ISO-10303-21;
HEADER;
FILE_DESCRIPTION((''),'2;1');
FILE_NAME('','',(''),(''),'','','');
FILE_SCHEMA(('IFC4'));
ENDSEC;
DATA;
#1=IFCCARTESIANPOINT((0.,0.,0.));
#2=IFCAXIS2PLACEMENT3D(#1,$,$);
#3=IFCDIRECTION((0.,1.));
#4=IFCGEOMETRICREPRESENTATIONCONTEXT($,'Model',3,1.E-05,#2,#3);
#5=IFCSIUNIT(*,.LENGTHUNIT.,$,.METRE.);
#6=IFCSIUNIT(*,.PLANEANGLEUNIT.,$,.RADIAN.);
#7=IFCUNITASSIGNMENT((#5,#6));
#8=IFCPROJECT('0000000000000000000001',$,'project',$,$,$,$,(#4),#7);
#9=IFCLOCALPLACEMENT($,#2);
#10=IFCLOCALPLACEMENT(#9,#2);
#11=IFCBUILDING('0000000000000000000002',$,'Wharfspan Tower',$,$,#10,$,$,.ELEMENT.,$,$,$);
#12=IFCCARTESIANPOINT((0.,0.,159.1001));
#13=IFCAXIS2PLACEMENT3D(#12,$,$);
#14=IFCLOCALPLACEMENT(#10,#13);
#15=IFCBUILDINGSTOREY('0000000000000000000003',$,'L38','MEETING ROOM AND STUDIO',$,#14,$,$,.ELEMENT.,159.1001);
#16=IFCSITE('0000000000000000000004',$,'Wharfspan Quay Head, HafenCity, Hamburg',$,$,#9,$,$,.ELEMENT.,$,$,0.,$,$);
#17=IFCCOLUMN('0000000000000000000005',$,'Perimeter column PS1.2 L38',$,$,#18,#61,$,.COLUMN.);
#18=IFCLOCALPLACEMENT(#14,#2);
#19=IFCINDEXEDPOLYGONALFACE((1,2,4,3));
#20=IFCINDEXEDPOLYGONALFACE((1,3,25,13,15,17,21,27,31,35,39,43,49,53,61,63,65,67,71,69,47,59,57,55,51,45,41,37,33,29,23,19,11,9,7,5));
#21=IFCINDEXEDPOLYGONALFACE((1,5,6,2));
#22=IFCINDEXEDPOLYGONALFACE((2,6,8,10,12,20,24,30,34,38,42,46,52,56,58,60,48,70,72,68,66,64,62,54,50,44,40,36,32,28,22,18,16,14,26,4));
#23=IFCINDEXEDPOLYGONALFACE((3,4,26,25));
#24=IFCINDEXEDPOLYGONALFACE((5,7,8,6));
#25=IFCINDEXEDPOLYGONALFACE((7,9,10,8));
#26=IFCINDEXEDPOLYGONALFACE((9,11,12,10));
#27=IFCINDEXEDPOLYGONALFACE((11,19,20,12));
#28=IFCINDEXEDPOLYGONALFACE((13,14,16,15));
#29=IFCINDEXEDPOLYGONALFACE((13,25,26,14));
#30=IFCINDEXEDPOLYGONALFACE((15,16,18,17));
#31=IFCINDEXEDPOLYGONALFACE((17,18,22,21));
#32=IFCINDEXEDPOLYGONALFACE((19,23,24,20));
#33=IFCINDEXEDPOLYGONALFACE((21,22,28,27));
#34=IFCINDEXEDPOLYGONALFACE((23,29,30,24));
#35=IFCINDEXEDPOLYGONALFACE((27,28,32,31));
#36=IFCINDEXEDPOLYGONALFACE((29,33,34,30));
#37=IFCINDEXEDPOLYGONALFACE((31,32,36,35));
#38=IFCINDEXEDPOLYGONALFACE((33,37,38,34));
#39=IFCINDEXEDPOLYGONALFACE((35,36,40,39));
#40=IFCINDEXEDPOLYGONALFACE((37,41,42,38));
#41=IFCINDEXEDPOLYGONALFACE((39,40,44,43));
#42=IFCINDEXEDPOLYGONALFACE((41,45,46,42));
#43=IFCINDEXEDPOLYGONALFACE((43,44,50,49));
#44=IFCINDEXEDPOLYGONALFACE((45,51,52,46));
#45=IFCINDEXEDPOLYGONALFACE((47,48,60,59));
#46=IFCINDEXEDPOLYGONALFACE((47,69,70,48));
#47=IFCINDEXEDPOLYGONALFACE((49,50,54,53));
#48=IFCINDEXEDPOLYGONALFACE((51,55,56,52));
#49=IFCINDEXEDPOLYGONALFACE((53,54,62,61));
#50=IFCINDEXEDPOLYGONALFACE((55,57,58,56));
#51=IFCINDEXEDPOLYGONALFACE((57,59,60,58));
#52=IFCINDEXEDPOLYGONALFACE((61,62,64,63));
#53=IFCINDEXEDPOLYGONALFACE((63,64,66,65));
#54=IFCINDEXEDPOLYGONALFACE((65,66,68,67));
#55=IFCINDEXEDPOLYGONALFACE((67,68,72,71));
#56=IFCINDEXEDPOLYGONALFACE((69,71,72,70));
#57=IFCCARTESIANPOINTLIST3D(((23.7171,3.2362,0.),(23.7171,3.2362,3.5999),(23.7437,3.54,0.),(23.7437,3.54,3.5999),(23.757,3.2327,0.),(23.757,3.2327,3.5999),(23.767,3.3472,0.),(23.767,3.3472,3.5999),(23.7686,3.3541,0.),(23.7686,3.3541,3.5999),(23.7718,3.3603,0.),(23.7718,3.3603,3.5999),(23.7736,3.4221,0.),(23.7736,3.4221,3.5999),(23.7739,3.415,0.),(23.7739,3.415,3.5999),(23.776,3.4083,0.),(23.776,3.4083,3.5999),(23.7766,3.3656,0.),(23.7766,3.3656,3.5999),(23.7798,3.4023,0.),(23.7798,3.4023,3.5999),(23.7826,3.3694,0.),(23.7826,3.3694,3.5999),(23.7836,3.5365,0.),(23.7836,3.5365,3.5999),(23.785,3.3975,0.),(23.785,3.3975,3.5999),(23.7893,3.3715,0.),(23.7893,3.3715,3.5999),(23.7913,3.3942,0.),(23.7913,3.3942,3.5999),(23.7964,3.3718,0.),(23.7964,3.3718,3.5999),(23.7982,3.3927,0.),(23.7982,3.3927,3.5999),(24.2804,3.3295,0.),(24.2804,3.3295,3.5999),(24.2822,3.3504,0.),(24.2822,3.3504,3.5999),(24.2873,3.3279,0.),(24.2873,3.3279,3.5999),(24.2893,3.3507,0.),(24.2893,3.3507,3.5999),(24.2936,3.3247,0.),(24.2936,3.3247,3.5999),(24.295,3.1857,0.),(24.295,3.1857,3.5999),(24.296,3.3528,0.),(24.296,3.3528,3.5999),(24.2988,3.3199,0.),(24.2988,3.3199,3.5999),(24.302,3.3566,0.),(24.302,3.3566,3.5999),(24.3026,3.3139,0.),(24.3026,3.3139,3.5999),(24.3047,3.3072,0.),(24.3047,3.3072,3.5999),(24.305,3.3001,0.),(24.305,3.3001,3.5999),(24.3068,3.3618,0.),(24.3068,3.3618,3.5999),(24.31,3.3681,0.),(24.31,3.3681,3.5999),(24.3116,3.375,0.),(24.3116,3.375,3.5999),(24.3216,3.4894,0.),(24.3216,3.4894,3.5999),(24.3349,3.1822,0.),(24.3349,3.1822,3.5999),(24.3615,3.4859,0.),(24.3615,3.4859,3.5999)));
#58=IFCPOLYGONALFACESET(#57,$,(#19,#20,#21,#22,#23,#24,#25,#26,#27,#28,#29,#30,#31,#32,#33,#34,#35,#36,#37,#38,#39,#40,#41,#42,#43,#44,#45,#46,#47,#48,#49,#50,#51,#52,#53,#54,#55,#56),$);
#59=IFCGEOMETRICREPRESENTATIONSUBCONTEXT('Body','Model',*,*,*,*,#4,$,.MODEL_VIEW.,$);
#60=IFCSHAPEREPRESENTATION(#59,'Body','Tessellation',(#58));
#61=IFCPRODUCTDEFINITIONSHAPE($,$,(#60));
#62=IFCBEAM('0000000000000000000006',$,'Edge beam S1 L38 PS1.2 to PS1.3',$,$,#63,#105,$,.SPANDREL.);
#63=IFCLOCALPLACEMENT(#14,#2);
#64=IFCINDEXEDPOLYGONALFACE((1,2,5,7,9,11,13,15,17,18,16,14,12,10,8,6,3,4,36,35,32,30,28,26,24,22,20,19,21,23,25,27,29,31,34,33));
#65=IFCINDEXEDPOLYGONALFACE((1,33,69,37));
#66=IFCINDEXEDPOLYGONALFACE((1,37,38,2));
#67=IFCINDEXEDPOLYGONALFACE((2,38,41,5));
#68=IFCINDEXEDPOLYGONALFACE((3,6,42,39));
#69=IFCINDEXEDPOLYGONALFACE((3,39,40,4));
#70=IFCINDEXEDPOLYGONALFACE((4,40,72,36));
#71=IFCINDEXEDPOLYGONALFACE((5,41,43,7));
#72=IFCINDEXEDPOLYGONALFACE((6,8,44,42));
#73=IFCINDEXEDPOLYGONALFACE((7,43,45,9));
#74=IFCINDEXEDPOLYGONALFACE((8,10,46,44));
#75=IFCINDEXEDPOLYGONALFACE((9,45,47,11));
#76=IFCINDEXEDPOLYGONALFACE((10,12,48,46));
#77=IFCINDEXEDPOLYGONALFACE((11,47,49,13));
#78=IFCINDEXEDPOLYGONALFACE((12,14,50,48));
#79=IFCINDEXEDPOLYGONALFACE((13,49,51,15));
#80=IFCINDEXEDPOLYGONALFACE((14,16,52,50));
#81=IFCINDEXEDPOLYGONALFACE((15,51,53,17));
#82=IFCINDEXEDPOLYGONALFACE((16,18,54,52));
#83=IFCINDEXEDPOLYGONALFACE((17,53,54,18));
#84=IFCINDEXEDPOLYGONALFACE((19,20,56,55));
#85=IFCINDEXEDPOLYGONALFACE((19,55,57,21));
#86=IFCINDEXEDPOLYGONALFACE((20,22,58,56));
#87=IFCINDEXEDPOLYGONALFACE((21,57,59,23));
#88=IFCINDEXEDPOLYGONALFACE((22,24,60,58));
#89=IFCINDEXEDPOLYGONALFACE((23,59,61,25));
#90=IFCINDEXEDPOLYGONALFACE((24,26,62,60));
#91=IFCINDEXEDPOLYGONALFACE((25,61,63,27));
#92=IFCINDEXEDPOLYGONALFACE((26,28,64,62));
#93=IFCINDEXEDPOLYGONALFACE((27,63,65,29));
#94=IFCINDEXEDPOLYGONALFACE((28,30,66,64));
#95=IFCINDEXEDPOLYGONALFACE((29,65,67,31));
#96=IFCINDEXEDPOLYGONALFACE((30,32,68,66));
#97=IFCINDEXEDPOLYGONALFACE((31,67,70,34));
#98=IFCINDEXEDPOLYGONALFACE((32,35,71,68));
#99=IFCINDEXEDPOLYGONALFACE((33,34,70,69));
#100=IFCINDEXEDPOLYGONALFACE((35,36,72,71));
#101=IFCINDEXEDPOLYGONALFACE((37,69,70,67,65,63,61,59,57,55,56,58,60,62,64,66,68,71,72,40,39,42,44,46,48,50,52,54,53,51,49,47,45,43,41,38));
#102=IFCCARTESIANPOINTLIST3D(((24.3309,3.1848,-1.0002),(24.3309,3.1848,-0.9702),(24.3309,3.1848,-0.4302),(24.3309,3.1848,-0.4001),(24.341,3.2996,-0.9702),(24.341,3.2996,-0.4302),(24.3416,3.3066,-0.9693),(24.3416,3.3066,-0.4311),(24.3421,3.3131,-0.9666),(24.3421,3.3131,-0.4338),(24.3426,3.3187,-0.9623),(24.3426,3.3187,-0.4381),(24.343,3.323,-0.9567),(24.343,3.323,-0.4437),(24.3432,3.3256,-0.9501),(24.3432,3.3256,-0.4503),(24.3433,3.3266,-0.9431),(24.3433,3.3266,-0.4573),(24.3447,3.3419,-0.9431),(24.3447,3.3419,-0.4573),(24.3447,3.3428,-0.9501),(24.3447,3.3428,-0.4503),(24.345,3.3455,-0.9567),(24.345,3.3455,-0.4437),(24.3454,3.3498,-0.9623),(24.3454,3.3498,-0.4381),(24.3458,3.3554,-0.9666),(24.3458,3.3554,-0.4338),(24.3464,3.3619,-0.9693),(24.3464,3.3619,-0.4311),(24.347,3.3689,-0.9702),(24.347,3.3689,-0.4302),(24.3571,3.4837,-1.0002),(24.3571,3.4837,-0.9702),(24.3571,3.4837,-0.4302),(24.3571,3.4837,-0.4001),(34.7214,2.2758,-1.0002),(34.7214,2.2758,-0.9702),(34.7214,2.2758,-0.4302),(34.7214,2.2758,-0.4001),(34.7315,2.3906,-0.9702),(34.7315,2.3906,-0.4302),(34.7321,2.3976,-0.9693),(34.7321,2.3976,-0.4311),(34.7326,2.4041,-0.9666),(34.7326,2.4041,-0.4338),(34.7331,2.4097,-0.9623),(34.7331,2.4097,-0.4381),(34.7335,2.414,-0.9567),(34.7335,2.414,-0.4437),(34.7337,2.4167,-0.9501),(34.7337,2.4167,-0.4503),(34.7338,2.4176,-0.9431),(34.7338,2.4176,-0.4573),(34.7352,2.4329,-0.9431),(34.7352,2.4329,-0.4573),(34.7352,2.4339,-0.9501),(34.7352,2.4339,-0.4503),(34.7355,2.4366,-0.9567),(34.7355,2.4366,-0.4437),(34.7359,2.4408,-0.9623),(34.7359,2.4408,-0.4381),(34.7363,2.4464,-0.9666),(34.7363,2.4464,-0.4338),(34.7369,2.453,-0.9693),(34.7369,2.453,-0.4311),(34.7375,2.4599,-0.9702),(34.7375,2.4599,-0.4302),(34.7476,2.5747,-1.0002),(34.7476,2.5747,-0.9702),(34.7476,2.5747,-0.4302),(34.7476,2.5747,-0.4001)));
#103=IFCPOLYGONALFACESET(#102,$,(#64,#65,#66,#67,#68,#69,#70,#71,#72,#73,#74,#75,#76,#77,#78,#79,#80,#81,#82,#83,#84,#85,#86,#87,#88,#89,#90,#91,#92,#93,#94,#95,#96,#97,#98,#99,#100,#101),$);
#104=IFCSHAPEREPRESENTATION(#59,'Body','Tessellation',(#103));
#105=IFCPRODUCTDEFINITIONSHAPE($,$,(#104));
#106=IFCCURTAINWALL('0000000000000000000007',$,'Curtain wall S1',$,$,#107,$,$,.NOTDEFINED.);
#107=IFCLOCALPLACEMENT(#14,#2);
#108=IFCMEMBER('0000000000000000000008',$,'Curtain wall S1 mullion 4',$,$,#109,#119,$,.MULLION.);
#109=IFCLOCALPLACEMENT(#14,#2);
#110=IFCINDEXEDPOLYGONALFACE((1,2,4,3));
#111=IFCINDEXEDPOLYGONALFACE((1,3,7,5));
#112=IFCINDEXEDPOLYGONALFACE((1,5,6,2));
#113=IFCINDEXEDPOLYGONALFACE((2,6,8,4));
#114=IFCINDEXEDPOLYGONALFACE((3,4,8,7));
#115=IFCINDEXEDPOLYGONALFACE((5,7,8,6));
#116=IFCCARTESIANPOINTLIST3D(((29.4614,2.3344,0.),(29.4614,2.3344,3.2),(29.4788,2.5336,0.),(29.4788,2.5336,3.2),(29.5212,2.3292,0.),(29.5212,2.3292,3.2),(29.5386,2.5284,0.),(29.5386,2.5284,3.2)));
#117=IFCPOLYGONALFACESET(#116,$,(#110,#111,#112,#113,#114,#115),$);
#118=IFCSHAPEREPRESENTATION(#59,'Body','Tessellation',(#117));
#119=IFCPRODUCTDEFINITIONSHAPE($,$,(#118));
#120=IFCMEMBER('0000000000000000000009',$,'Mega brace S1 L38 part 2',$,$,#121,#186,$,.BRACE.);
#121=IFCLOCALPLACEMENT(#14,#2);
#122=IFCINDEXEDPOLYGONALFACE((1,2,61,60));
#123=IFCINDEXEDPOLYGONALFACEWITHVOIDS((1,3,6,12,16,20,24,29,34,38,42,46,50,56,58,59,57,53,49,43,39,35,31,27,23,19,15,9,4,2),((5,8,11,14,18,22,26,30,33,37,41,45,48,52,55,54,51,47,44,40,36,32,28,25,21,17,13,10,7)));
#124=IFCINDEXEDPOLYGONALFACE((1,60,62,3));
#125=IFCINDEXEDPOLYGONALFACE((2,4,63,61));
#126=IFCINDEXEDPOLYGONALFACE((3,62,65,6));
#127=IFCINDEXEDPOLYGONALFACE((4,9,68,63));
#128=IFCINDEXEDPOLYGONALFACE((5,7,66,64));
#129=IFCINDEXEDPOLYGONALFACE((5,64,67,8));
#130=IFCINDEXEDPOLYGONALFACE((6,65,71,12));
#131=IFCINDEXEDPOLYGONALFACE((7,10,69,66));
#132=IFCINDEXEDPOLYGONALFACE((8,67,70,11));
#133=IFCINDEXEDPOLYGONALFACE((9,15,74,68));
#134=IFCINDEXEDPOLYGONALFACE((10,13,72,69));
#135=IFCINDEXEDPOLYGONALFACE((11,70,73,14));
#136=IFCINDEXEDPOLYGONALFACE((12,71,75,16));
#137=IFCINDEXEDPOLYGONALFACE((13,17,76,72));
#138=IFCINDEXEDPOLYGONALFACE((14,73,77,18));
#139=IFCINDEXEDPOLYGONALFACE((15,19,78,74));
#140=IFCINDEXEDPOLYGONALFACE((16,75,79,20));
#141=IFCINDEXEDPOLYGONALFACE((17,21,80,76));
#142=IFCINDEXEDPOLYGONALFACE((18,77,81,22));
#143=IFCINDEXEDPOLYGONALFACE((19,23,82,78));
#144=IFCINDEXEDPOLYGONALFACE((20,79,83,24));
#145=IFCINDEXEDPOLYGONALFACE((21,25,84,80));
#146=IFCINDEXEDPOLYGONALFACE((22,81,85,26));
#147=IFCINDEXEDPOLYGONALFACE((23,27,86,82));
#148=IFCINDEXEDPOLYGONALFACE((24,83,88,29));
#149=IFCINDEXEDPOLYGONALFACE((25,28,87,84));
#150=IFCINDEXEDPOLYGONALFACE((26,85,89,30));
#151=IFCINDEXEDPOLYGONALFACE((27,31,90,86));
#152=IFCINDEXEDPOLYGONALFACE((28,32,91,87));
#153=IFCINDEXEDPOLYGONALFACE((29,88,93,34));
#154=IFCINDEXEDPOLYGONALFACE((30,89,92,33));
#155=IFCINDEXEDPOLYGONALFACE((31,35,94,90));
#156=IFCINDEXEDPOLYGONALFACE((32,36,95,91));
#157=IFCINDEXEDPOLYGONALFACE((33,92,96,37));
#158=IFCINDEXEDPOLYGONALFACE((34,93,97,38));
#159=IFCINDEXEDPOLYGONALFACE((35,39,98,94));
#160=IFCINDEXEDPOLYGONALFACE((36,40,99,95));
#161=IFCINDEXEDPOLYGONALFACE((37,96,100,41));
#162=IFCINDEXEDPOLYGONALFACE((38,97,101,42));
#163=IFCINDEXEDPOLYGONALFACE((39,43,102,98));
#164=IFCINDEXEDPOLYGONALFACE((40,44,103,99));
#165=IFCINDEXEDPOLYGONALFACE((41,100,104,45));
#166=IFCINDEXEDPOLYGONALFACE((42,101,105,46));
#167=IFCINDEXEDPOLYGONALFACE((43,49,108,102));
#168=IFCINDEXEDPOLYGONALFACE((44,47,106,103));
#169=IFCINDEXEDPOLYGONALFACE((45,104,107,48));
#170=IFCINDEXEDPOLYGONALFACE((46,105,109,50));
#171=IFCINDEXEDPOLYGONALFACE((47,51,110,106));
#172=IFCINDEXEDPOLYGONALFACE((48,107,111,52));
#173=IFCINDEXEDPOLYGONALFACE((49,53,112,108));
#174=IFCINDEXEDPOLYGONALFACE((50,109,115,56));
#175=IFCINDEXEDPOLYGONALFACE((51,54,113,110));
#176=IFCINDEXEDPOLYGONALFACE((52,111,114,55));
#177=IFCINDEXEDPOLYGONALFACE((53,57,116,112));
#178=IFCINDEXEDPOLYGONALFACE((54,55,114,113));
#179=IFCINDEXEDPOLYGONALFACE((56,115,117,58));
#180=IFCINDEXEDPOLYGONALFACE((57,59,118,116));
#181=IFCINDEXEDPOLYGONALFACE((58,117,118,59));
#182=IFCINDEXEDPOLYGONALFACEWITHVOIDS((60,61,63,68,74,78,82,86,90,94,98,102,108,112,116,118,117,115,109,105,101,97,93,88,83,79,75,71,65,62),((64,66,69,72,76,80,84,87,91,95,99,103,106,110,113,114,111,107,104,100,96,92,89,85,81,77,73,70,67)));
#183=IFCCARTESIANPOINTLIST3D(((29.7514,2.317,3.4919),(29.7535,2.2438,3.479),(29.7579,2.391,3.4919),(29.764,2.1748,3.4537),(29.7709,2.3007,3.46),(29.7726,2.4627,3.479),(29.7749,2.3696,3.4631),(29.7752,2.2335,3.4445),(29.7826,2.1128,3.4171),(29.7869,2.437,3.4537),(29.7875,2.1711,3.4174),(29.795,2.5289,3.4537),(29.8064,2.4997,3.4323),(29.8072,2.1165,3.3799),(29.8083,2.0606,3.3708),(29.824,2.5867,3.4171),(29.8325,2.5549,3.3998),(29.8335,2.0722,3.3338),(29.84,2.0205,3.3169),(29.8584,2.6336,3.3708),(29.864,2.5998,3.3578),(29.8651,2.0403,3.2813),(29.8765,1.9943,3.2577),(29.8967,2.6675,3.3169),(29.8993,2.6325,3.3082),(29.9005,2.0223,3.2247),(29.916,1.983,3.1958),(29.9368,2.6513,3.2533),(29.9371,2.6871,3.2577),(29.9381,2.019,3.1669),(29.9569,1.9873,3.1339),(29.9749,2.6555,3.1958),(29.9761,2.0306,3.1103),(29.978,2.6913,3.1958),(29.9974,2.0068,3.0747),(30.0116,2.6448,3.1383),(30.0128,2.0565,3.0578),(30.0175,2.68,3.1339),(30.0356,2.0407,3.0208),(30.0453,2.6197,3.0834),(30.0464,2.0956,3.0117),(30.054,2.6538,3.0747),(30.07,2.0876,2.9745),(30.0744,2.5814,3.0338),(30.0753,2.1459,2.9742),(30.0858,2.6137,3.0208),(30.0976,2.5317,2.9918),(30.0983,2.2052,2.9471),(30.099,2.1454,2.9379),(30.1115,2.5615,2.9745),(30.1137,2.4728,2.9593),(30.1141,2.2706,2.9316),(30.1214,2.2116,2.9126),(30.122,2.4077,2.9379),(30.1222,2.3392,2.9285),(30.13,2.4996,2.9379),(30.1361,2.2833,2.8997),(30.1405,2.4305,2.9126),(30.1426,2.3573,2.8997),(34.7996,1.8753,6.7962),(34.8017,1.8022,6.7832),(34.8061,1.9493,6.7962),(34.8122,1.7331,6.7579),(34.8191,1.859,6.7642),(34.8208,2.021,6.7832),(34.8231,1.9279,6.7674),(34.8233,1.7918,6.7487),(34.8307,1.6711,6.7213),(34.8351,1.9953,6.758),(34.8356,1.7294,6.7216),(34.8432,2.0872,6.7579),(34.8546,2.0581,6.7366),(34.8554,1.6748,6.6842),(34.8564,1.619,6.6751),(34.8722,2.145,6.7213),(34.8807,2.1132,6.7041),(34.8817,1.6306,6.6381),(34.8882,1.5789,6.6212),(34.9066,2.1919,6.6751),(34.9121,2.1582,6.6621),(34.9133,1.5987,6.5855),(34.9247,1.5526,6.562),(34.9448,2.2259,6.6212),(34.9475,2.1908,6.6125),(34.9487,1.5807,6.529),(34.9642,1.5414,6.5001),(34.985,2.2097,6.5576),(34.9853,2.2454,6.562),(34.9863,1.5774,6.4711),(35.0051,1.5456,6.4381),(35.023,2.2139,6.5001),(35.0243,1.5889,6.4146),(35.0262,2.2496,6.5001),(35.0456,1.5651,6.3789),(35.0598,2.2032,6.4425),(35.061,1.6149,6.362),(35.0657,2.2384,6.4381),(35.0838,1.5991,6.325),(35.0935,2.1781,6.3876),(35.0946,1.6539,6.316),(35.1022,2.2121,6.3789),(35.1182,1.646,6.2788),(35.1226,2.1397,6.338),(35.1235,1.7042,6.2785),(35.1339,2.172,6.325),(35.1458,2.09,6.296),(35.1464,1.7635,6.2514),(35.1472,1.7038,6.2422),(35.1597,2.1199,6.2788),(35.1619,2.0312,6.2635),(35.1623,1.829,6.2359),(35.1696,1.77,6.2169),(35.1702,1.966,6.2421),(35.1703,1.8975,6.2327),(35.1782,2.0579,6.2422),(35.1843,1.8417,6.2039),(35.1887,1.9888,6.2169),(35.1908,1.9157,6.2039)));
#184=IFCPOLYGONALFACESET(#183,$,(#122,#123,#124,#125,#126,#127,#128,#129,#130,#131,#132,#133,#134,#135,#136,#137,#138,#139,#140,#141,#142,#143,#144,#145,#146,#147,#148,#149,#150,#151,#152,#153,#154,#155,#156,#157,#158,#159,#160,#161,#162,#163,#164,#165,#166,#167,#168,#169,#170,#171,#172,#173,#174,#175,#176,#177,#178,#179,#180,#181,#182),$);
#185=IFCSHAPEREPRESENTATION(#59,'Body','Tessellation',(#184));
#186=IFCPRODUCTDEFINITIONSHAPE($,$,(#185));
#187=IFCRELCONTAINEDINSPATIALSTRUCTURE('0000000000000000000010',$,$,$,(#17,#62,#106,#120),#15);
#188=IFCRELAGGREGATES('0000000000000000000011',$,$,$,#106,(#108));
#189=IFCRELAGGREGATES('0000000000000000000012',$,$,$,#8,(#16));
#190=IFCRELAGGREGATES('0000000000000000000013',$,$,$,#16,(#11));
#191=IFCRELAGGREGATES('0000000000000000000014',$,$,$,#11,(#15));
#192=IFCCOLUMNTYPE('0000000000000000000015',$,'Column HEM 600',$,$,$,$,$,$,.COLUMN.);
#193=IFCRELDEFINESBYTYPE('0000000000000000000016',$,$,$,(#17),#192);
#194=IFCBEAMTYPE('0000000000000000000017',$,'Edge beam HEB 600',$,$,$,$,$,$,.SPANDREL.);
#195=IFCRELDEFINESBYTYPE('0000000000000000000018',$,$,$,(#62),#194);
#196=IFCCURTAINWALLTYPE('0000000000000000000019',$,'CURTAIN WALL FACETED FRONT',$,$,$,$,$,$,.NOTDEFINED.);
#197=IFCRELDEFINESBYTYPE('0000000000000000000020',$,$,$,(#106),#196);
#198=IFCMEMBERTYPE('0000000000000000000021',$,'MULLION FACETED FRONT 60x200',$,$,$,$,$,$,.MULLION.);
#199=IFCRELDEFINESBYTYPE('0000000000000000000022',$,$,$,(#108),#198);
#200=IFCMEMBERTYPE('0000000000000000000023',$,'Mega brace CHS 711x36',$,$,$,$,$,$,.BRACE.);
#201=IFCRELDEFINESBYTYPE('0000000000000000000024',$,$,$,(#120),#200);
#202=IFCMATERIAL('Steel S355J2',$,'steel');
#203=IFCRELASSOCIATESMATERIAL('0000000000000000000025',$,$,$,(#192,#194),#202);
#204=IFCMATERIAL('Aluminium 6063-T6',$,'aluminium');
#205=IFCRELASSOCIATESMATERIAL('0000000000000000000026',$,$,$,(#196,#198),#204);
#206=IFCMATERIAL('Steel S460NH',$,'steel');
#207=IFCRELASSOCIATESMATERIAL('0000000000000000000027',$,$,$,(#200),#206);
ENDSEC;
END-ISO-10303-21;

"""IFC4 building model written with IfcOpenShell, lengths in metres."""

from ifc_helpers import new_model, si_unit, direction, frame, origin, origin_2d, place, context, subcontext, project, spatial, rectangle, hollow_circle, i_section, extrude, material, material_profile, profile_set, type_object, element, aggregate, save


model = new_model("IFC4")

# Units and contexts
model_context = context("Model", 3, precision=1e-05, world=origin(), true_north=direction((0.0, 1.0)))
body_context = subcontext(model_context, "Body", "Model", "MODEL_VIEW")
ifc_project = project(units=[si_unit("LENGTHUNIT", "METRE"), si_unit("PLANEANGLEUNIT", "RADIAN")], contexts=[model_context])

# Site, building, storey
site_placement = place(None, origin())
site = spatial("IfcSite", under=ifc_project, at=site_placement, Name="Wharfspan Quay Head, HafenCity, Hamburg", CompositionType="ELEMENT", RefElevation=0.0)
building_placement = place(site_placement, origin())
building = spatial("IfcBuilding", under=site, at=building_placement, Name="Wharfspan Tower", CompositionType="ELEMENT")
storey_placement = place(building_placement, frame((0.0, 0.0, 159.1001)))
storey = spatial("IfcBuildingStorey", under=building, at=storey_placement, Name="L38", Description="MEETING ROOM AND STUDIO", CompositionType="ELEMENT", Elevation=159.1001)

# Column
ifc_material_1 = material(Name="Steel S355J2", Category="steel")
ifc_material_profile_1 = material_profile(ifc_material_1, i_section(OverallWidth=0.3049, OverallDepth=0.6201, WebThickness=0.021, FlangeThickness=0.04, FilletRadius=0.0271, at=origin_2d()))
ifc_profile_set_1 = profile_set([ifc_material_profile_1], Name="Steel S355J2")
column_type = type_object("IfcColumnType", Name="Column HEM 600", PredefinedType="COLUMN", material=ifc_profile_set_1)
column_placement = place(storey_placement, frame((24.0393, 3.3611, 0.0), z_axis=(0.0, 0.0, 1.0), x_axis=(-0.087156, -0.996198, 0.0)))
element("IfcColumn", 1, at=column_placement, inside=storey, type_object=column_type, Name="Perimeter column PS1.2 L38", PredefinedType="COLUMN", context=body_context, shape_type="SweptSolid", body=[
    extrude(i_section(OverallWidth=0.3049, OverallDepth=0.6201, WebThickness=0.021, FlangeThickness=0.04, FilletRadius=0.0271, at=origin_2d()), origin(), (0.0, 0.0, 1.0), 3.5999),
])

# Beam
ifc_material_profile_2 = material_profile(ifc_material_1, i_section(OverallWidth=0.3, OverallDepth=0.6001, WebThickness=0.0154, FlangeThickness=0.03, FilletRadius=0.0271, at=origin_2d()))
ifc_profile_set_2 = profile_set([ifc_material_profile_2], Name="Steel S355J2")
beam_type = type_object("IfcBeamType", Name="Edge beam HEB 600", PredefinedType="SPANDREL", material=ifc_profile_set_2)
beam_placement = place(storey_placement, frame((24.344, 3.3342, -0.7002), z_axis=(0.996196, -0.087146, 0.0), x_axis=(0.087146, 0.996196, 0.0)))
element("IfcBeam", 2, at=beam_placement, inside=storey, type_object=beam_type, Name="Edge beam S1 L38 PS1.2 to PS1.3", PredefinedType="SPANDREL", context=body_context, shape_type="SweptSolid", body=[
    extrude(i_section(OverallWidth=0.3, OverallDepth=0.6001, WebThickness=0.0154, FlangeThickness=0.03, FilletRadius=0.0271, at=origin_2d()), origin(), (0.0, 0.0, 1.0), 10.4302),
])

# Curtain wall, member
ifc_material_2 = material(Name="Aluminium 6063-T6", Category="aluminium")
curtain_wall_type = type_object("IfcCurtainWallType", Name="CURTAIN WALL FACETED FRONT", PredefinedType="NOTDEFINED", material=ifc_material_2)
curtain_wall_placement = place(storey_placement, origin())
curtain_wall = element("IfcCurtainWall", 3, at=curtain_wall_placement, inside=storey, type_object=curtain_wall_type, Name="Curtain wall S1", PredefinedType="NOTDEFINED")
ifc_material_profile_3 = material_profile(ifc_material_2, rectangle(XDim=0.2, YDim=0.0601, at=origin_2d()))
ifc_profile_set_3 = profile_set([ifc_material_profile_3], Name="Aluminium 6063-T6")
member_type_1 = type_object("IfcMemberType", Name="MULLION FACETED FRONT 60x200", PredefinedType="MULLION", material=ifc_profile_set_3)
member_1_placement = place(storey_placement, frame((29.5, 2.4314, 0.0), z_axis=(0.0, 0.0, 1.0), x_axis=(0.087156, 0.996198, 0.0)))
member_1 = element("IfcMember", 4, at=member_1_placement, type_object=member_type_1, Name="Curtain wall S1 mullion 4", PredefinedType="MULLION", context=body_context, shape_type="SweptSolid", body=[
    extrude(rectangle(XDim=0.2, YDim=0.0601, at=origin_2d()), origin(), (0.0, 0.0, 1.0), 3.2),
])

# Member
ifc_material_3 = material(Name="Steel S460NH", Category="steel")
ifc_material_profile_4 = material_profile(ifc_material_3, hollow_circle(Radius=0.3555, WallThickness=0.0359, at=origin_2d()))
ifc_profile_set_4 = profile_set([ifc_material_profile_4], Name="Steel S460NH")
member_type_2 = type_object("IfcMemberType", Name="Mega brace CHS 711x36", PredefinedType="BRACE", material=ifc_profile_set_4)
for number, where, z_axis, x_axis, name in (
    (5, (29.947, 2.3372, 3.1958), (0.834469, -0.073006, 0.546197), (0.087156, 0.996198, -0.000001), "Mega brace S1 L38 part 2"),
):
    element("IfcMember", number, at=place(storey_placement, frame(where, z_axis=z_axis, x_axis=x_axis)), inside=storey, type_object=member_type_2, Name=name, PredefinedType="BRACE", context=body_context, shape_type="SweptSolid", body=[
        extrude(hollow_circle(Radius=0.3555, WallThickness=0.0359, at=origin_2d()), origin(), (0.0, 0.0, 1.0), 6.0496),
    ])

aggregate(curtain_wall, [member_1])

save(model, "model.ifc")
